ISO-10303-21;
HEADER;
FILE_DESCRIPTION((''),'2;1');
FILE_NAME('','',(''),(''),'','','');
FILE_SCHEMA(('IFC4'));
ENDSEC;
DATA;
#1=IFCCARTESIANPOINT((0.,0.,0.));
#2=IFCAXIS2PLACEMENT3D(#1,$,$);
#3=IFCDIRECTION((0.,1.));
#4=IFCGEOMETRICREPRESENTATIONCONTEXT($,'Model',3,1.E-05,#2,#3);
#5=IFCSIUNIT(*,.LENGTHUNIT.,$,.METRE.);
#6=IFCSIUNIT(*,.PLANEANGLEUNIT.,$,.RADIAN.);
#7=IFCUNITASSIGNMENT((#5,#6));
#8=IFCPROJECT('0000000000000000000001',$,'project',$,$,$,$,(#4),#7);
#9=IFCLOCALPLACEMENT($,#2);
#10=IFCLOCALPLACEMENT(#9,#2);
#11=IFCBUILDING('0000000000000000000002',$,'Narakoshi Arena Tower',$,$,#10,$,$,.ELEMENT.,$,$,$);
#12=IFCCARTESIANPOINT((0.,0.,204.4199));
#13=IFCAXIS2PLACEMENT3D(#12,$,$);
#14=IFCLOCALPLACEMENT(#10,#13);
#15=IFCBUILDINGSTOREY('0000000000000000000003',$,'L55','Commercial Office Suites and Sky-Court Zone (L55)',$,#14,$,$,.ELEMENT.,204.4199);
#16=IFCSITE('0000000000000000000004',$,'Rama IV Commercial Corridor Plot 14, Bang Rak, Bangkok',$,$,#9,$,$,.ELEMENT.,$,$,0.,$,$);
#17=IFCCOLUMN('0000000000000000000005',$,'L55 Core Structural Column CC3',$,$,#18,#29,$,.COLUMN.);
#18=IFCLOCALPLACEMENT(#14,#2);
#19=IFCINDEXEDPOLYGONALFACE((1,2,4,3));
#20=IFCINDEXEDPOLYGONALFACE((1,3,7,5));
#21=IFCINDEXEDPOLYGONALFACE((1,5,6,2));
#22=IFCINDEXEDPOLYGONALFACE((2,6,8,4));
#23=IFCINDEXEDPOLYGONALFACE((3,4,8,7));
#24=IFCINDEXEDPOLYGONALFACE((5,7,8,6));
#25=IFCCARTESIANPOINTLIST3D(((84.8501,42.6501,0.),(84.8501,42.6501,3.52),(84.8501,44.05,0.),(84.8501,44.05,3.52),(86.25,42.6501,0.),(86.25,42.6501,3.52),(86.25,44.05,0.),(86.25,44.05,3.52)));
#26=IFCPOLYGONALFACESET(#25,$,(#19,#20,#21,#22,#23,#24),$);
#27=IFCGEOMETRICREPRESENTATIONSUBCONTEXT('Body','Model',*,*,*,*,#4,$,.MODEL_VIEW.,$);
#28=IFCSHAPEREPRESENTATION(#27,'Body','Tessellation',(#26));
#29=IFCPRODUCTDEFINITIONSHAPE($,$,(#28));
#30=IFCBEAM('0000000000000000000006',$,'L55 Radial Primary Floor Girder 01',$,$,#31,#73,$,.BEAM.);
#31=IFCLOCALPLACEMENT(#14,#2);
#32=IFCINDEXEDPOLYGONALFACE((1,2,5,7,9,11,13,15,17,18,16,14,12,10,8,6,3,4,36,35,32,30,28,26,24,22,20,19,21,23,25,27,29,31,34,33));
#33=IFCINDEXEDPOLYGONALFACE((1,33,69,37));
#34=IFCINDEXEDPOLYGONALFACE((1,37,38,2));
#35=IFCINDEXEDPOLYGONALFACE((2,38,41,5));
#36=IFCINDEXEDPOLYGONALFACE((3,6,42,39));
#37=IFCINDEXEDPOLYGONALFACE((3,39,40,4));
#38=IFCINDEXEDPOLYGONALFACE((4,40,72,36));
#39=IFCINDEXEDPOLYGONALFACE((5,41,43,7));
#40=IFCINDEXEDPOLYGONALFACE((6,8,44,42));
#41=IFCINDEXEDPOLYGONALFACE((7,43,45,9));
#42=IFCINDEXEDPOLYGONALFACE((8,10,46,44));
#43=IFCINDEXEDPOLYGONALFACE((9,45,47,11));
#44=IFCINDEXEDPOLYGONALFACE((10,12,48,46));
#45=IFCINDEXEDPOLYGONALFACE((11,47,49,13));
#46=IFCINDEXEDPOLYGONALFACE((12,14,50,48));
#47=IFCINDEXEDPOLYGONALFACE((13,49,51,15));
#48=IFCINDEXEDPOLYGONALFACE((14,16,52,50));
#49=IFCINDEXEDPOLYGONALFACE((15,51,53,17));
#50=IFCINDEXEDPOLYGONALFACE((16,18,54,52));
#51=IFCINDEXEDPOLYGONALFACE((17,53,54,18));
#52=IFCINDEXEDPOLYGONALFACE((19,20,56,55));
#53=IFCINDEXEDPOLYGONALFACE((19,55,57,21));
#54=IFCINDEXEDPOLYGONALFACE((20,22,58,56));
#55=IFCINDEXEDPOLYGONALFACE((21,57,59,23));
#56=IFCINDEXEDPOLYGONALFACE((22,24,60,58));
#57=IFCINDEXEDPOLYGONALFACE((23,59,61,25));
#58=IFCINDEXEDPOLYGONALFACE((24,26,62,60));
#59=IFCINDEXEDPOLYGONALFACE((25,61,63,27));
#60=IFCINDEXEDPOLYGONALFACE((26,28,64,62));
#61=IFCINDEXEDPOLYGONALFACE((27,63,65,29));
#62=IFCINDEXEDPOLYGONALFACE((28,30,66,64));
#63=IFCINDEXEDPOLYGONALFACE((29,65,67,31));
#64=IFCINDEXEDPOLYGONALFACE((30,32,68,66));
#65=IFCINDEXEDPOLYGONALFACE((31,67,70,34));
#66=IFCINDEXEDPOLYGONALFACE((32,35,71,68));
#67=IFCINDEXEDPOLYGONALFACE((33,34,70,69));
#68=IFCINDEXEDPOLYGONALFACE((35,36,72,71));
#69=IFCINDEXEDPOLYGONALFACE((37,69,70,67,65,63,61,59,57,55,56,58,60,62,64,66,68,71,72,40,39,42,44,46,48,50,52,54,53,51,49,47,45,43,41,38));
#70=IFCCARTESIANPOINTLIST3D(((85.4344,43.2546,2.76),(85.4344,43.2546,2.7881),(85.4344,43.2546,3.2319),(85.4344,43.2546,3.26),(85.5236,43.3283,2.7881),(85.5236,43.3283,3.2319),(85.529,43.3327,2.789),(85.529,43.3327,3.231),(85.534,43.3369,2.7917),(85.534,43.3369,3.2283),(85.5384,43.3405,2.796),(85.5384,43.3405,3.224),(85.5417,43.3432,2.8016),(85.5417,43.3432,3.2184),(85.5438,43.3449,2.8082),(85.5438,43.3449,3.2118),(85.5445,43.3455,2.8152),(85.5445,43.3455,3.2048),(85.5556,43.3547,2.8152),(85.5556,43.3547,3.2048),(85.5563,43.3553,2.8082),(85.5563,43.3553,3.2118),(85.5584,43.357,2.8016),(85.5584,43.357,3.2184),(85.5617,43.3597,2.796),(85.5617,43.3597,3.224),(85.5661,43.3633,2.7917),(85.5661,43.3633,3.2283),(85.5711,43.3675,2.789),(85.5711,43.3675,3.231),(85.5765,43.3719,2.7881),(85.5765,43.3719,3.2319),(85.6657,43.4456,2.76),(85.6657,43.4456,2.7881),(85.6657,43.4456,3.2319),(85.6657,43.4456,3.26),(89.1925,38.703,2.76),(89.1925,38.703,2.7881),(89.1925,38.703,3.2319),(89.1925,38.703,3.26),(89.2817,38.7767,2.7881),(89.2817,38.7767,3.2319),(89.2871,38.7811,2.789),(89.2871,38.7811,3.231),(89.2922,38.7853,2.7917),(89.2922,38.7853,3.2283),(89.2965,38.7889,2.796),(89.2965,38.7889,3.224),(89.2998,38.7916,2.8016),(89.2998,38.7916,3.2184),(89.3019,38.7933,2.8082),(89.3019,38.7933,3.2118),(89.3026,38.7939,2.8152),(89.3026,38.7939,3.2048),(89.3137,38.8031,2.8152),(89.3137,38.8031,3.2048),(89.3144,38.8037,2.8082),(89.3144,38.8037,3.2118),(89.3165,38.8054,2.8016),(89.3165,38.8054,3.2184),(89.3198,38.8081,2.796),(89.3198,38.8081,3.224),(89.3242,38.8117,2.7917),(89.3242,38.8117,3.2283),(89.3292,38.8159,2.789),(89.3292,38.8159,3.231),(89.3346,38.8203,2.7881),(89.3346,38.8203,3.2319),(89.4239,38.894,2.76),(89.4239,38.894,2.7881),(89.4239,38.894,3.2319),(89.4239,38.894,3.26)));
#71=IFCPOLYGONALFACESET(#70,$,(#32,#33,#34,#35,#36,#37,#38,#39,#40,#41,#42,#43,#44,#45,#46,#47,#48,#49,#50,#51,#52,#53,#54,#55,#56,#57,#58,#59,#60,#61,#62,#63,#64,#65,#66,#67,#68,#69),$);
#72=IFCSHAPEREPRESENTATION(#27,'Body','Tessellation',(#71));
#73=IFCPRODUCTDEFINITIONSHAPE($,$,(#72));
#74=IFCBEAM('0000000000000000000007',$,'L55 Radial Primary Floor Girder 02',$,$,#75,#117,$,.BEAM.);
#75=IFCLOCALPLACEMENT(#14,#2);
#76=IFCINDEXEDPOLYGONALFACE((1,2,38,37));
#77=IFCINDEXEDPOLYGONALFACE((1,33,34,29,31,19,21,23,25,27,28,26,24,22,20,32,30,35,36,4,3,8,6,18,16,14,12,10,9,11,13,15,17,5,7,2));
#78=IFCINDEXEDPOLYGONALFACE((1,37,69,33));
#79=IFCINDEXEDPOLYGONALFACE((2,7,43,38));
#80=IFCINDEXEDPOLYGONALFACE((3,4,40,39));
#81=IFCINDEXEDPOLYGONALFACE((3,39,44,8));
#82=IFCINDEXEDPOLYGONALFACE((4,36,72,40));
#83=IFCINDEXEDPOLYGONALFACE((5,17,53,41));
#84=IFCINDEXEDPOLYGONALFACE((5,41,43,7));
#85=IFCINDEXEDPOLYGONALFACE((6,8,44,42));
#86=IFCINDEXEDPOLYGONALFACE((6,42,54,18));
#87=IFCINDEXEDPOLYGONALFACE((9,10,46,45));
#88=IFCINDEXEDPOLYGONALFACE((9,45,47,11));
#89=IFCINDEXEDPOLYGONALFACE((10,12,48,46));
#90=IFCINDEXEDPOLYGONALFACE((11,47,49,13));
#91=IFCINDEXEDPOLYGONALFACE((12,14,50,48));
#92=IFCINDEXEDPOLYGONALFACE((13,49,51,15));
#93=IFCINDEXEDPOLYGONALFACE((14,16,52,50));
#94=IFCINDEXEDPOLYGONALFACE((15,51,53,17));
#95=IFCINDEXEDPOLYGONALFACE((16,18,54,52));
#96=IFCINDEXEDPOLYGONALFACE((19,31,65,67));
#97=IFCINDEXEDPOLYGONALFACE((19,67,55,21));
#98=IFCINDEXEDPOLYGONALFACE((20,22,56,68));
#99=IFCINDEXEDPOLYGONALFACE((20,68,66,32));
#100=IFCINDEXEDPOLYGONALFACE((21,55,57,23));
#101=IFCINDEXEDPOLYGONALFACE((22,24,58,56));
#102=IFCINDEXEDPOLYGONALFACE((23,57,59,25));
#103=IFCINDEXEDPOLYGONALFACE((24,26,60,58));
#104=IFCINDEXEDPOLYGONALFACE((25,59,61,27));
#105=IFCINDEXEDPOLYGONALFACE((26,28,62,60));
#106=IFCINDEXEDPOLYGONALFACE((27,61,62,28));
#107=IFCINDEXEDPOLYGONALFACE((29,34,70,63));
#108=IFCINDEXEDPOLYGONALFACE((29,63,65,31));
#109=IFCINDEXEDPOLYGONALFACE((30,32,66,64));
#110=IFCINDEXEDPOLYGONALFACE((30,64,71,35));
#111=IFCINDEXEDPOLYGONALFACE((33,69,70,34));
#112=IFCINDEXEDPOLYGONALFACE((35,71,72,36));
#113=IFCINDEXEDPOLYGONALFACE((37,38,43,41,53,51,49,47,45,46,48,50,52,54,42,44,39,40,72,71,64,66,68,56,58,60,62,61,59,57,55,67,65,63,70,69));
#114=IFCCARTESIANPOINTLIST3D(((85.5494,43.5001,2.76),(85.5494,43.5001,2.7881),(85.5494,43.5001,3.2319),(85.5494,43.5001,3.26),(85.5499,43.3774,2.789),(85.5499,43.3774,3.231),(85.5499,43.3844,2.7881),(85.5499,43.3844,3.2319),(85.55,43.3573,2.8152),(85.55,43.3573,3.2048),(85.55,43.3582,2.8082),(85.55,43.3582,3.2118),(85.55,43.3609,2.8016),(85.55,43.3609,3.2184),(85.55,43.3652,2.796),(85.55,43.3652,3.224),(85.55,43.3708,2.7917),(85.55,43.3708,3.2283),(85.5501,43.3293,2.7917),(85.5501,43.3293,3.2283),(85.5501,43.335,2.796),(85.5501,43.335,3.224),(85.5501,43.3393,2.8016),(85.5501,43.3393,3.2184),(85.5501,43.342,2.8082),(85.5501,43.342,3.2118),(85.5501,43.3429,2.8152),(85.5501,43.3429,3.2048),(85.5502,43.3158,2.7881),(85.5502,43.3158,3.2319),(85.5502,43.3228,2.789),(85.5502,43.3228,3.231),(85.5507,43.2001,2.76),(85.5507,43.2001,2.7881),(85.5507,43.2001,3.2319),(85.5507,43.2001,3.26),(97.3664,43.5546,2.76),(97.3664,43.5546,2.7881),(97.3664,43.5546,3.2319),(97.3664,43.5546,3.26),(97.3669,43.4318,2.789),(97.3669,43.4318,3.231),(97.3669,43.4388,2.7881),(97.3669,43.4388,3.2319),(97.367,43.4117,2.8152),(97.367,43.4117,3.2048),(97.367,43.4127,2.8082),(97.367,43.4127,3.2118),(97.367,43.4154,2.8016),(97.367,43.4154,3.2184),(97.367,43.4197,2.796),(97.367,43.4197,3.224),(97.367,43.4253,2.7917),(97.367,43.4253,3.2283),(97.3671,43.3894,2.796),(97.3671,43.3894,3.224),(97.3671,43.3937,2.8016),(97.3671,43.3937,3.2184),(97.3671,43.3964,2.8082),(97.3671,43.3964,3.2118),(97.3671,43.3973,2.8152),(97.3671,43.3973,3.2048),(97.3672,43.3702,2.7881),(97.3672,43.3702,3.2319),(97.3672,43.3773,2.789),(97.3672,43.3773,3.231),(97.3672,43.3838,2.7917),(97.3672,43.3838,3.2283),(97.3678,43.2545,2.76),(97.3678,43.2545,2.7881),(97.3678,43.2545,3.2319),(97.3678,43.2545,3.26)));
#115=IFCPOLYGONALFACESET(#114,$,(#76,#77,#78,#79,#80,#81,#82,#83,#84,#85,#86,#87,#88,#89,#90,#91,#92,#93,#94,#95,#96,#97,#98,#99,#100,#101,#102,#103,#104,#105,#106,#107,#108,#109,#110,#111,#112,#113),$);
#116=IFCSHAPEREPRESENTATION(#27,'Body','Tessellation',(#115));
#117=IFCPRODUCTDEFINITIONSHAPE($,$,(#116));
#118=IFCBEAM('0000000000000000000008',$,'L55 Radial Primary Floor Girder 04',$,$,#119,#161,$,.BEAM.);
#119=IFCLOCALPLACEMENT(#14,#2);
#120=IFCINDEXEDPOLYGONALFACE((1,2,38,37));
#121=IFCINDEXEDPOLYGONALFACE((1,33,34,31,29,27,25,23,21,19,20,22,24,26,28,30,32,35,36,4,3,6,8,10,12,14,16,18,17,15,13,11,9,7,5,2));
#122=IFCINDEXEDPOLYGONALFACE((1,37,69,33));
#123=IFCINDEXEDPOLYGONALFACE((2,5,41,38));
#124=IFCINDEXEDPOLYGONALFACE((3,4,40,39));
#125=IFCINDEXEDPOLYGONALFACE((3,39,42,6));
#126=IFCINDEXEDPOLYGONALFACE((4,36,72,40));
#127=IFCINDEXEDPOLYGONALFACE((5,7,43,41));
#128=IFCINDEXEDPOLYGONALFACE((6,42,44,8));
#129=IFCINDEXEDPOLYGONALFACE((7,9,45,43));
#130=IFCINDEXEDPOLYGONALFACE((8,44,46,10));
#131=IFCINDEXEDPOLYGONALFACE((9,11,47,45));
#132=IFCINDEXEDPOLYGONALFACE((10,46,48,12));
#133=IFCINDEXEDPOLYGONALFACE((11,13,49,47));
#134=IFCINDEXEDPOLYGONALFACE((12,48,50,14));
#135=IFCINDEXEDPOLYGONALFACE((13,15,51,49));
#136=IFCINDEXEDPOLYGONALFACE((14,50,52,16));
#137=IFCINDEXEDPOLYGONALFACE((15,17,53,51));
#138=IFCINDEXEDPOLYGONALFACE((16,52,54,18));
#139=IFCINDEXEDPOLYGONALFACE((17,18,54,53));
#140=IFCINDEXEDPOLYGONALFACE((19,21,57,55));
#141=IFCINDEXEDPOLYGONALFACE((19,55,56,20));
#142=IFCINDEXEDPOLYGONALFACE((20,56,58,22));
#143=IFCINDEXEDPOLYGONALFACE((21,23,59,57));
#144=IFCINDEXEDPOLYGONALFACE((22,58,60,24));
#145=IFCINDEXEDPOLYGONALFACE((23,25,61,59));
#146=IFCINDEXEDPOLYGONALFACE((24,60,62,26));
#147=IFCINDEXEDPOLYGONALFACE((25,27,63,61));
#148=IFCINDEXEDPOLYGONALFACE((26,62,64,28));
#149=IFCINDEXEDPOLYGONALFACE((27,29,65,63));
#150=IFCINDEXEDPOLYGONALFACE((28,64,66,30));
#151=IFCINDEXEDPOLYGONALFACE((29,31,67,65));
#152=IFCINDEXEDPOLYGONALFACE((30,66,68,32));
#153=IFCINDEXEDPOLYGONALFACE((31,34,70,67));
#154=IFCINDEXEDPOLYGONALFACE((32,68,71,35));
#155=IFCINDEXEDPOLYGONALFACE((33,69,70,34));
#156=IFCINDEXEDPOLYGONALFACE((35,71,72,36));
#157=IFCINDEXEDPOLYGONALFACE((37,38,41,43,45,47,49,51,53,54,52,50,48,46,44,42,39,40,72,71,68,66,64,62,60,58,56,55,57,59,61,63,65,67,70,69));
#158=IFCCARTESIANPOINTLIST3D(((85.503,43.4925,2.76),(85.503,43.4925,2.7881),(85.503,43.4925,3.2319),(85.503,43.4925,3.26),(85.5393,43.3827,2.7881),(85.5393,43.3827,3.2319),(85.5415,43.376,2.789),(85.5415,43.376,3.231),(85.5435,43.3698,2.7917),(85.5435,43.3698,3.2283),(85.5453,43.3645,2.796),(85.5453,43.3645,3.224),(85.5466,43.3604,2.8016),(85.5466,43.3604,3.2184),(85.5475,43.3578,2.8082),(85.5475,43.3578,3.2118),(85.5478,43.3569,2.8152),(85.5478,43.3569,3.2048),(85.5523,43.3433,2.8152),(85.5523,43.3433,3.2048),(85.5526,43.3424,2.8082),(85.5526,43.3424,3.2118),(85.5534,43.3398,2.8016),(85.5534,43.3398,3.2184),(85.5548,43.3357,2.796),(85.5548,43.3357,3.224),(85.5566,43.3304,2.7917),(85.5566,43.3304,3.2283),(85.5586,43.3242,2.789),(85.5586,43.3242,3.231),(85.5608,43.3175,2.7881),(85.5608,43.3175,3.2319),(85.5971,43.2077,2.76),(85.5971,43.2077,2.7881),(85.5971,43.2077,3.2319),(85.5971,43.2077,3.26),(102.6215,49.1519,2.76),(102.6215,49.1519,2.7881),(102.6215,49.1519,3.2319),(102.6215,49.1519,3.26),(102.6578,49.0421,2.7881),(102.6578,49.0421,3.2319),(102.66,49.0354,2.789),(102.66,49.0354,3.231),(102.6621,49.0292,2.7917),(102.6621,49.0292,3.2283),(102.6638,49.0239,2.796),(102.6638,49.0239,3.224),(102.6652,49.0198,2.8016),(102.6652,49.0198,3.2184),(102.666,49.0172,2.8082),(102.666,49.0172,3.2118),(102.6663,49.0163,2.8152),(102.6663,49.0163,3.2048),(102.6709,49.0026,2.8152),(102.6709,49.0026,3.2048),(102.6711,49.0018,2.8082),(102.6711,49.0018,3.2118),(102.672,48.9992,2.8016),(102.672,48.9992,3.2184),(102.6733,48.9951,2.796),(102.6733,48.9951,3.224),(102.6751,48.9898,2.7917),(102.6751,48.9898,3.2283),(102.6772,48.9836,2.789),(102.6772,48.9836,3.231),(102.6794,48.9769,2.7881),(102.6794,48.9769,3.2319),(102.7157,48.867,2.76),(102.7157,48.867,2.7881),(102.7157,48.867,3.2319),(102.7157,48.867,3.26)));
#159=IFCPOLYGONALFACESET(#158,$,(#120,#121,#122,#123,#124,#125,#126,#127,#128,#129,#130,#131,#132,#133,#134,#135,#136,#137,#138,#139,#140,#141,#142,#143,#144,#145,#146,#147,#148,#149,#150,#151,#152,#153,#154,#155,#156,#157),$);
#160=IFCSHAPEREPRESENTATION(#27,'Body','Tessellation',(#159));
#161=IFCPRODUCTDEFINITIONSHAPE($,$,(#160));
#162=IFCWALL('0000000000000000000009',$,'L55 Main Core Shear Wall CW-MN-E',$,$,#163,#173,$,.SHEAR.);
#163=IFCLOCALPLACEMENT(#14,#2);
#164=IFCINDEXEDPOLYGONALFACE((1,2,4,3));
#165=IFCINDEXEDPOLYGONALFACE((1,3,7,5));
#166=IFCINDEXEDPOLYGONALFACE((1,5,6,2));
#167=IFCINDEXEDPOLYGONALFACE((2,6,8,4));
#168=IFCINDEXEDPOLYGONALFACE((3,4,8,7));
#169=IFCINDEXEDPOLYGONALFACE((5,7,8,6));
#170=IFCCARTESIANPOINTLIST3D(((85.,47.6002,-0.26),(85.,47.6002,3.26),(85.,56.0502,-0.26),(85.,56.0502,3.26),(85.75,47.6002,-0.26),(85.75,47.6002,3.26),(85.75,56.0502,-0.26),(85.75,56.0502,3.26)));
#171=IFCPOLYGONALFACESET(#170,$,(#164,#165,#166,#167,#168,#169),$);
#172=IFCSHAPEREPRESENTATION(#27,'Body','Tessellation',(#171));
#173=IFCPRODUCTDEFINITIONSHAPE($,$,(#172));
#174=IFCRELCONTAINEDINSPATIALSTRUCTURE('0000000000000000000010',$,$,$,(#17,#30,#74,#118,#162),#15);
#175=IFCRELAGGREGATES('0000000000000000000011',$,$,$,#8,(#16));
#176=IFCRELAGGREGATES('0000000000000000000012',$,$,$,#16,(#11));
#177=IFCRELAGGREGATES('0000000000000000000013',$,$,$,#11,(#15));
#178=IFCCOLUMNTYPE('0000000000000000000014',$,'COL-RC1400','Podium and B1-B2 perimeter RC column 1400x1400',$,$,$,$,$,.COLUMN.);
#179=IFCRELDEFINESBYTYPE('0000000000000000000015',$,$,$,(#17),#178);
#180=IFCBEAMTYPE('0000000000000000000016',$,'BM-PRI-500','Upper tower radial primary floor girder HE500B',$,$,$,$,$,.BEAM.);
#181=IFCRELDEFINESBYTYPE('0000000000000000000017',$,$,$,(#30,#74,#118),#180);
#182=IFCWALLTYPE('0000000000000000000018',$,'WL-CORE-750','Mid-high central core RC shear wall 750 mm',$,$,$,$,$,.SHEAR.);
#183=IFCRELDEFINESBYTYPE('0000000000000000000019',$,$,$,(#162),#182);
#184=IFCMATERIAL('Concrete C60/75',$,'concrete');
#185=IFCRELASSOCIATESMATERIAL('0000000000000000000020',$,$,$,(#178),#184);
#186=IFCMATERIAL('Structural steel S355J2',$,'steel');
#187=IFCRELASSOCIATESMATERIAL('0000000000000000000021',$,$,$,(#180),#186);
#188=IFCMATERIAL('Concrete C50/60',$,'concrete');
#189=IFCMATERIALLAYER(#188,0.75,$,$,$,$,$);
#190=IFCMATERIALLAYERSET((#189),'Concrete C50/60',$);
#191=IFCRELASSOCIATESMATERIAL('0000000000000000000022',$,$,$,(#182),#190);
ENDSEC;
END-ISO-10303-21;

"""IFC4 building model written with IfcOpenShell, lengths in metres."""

from ifc_helpers import new_model, si_unit, direction, frame, frame_2d, origin, origin_2d, place, context, subcontext, project, spatial, rectangle, i_section, extrude, material, layer, layer_set, material_profile, profile_set, type_object, element, save


model = new_model("IFC4")

# Units and contexts
model_context = context("Model", 3, precision=1e-05, world=origin(), true_north=direction((0.0, 1.0)))
body_context = subcontext(model_context, "Body", "Model", "MODEL_VIEW")
ifc_project = project(units=[si_unit("LENGTHUNIT", "METRE"), si_unit("PLANEANGLEUNIT", "RADIAN")], contexts=[model_context])

# Site, building, storey
site_placement = place(None, origin())
site = spatial("IfcSite", under=ifc_project, at=site_placement, Name="Rama IV Commercial Corridor Plot 14, Bang Rak, Bangkok", CompositionType="ELEMENT", RefElevation=0.0)
building_placement = place(site_placement, origin())
building = spatial("IfcBuilding", under=site, at=building_placement, Name="Narakoshi Arena Tower", CompositionType="ELEMENT")
storey_placement = place(building_placement, frame((0.0, 0.0, 204.4199)))
storey = spatial("IfcBuildingStorey", under=building, at=storey_placement, Name="L55", Description="Commercial Office Suites and Sky-Court Zone (L55)", CompositionType="ELEMENT", Elevation=204.4199)

# Column
ifc_material_1 = material(Name="Concrete C60/75", Category="concrete")
ifc_material_profile_1 = material_profile(ifc_material_1, rectangle(XDim=1.3999, YDim=1.3999, at=origin_2d()), Name="RC1400x1400")
ifc_profile_set_1 = profile_set([ifc_material_profile_1], Name="Concrete C60/75")
column_type = type_object("IfcColumnType", Name="COL-RC1400", Description="Podium and B1-B2 perimeter RC column 1400x1400", PredefinedType="COLUMN", material=ifc_profile_set_1)
column_placement = place(storey_placement, frame((85.55, 43.3501, 0.0), z_axis=(0.0, 0.0, 1.0), x_axis=(1.0, 0.0, 0.0)))
element("IfcColumn", 1, at=column_placement, inside=storey, type_object=column_type, Name="L55 Core Structural Column CC3", PredefinedType="COLUMN", context=body_context, shape_type="SweptSolid", body=[
    extrude(rectangle(XDim=1.3999, YDim=1.3999, at=origin_2d()), origin(), (0.0, 0.0, 1.0), 3.52),
])

# Beams
ifc_material_2 = material(Name="Structural steel S355J2", Category="steel")
ifc_material_profile_2 = material_profile(ifc_material_2, i_section(OverallWidth=0.3, OverallDepth=0.5, WebThickness=0.0144, FlangeThickness=0.0281, FilletRadius=0.0271, at=origin_2d()), Name="HE500B")
ifc_profile_set_2 = profile_set([ifc_material_profile_2], Name="Structural steel S355J2")
beam_type = type_object("IfcBeamType", Name="BM-PRI-500", Description="Upper tower radial primary floor girder HE500B", PredefinedType="BEAM", material=ifc_profile_set_2)
beam_1_placement = place(storey_placement, frame((85.55, 43.3501, 3.01), z_axis=(0.636691, -0.771119, 0.0), x_axis=(0.771119, 0.636691, 0.0)))
element("IfcBeam", 2, at=beam_1_placement, inside=storey, type_object=beam_type, Name="L55 Radial Primary Floor Girder 01", PredefinedType="BEAM", context=body_context, shape_type="SweptSolid", body=[
    extrude(i_section(OverallWidth=0.3, OverallDepth=0.5, WebThickness=0.0144, FlangeThickness=0.0281, FilletRadius=0.0271, at=origin_2d()), origin(), (0.0, 0.0, 1.0), 5.9026),
])
beam_2_placement = place(storey_placement, frame((85.55, 43.3501, 3.01), z_axis=(0.999989, 0.004607, 0.0), x_axis=(-0.004607, 0.999989, 0.0)))
element("IfcBeam", 3, at=beam_2_placement, inside=storey, type_object=beam_type, Name="L55 Radial Primary Floor Girder 02", PredefinedType="BEAM", context=body_context, shape_type="SweptSolid", body=[
    extrude(i_section(OverallWidth=0.3, OverallDepth=0.5, WebThickness=0.0144, FlangeThickness=0.0281, FilletRadius=0.0271, at=origin_2d()), origin(), (0.0, 0.0, 1.0), 11.8171),
])
beam_3_placement = place(storey_placement, frame((85.55, 43.3501, 3.01), z_axis=(0.949459, 0.313891, 0.0), x_axis=(-0.313891, 0.949459, 0.0)))
element("IfcBeam", 4, at=beam_3_placement, inside=storey, type_object=beam_type, Name="L55 Radial Primary Floor Girder 04", PredefinedType="BEAM", context=body_context, shape_type="SweptSolid", body=[
    extrude(i_section(OverallWidth=0.3, OverallDepth=0.5, WebThickness=0.0144, FlangeThickness=0.0281, FilletRadius=0.0271, at=origin_2d()), origin(), (0.0, 0.0, 1.0), 18.0298),
])

# Wall
ifc_material_3 = material(Name="Concrete C50/60", Category="concrete")
ifc_layer_1 = layer(ifc_material_3, 0.75)
ifc_layer_set_1 = layer_set([ifc_layer_1], Name="Concrete C50/60")
wall_type_1 = type_object("IfcWallType", Name="WL-CORE-750", Description="Mid-high central core RC shear wall 750 mm", PredefinedType="SHEAR", material=ifc_layer_set_1)
wall_1_placement = place(storey_placement, frame((85.375, 47.6001, -0.26), z_axis=(0.0, 0.0, 1.0), x_axis=(0.0, 1.0, 0.0)))
element("IfcWall", 5, at=wall_1_placement, inside=storey, type_object=wall_type_1, Name="L55 Main Core Shear Wall CW-MN-E", PredefinedType="SHEAR", context=body_context, shape_type="SweptSolid", body=[
    extrude(rectangle(XDim=8.45, YDim=0.75, at=frame_2d((4.2251, 0.0))), origin(), (0.0, 0.0, 1.0), 3.52),
])

save(model, "model.ifc")
